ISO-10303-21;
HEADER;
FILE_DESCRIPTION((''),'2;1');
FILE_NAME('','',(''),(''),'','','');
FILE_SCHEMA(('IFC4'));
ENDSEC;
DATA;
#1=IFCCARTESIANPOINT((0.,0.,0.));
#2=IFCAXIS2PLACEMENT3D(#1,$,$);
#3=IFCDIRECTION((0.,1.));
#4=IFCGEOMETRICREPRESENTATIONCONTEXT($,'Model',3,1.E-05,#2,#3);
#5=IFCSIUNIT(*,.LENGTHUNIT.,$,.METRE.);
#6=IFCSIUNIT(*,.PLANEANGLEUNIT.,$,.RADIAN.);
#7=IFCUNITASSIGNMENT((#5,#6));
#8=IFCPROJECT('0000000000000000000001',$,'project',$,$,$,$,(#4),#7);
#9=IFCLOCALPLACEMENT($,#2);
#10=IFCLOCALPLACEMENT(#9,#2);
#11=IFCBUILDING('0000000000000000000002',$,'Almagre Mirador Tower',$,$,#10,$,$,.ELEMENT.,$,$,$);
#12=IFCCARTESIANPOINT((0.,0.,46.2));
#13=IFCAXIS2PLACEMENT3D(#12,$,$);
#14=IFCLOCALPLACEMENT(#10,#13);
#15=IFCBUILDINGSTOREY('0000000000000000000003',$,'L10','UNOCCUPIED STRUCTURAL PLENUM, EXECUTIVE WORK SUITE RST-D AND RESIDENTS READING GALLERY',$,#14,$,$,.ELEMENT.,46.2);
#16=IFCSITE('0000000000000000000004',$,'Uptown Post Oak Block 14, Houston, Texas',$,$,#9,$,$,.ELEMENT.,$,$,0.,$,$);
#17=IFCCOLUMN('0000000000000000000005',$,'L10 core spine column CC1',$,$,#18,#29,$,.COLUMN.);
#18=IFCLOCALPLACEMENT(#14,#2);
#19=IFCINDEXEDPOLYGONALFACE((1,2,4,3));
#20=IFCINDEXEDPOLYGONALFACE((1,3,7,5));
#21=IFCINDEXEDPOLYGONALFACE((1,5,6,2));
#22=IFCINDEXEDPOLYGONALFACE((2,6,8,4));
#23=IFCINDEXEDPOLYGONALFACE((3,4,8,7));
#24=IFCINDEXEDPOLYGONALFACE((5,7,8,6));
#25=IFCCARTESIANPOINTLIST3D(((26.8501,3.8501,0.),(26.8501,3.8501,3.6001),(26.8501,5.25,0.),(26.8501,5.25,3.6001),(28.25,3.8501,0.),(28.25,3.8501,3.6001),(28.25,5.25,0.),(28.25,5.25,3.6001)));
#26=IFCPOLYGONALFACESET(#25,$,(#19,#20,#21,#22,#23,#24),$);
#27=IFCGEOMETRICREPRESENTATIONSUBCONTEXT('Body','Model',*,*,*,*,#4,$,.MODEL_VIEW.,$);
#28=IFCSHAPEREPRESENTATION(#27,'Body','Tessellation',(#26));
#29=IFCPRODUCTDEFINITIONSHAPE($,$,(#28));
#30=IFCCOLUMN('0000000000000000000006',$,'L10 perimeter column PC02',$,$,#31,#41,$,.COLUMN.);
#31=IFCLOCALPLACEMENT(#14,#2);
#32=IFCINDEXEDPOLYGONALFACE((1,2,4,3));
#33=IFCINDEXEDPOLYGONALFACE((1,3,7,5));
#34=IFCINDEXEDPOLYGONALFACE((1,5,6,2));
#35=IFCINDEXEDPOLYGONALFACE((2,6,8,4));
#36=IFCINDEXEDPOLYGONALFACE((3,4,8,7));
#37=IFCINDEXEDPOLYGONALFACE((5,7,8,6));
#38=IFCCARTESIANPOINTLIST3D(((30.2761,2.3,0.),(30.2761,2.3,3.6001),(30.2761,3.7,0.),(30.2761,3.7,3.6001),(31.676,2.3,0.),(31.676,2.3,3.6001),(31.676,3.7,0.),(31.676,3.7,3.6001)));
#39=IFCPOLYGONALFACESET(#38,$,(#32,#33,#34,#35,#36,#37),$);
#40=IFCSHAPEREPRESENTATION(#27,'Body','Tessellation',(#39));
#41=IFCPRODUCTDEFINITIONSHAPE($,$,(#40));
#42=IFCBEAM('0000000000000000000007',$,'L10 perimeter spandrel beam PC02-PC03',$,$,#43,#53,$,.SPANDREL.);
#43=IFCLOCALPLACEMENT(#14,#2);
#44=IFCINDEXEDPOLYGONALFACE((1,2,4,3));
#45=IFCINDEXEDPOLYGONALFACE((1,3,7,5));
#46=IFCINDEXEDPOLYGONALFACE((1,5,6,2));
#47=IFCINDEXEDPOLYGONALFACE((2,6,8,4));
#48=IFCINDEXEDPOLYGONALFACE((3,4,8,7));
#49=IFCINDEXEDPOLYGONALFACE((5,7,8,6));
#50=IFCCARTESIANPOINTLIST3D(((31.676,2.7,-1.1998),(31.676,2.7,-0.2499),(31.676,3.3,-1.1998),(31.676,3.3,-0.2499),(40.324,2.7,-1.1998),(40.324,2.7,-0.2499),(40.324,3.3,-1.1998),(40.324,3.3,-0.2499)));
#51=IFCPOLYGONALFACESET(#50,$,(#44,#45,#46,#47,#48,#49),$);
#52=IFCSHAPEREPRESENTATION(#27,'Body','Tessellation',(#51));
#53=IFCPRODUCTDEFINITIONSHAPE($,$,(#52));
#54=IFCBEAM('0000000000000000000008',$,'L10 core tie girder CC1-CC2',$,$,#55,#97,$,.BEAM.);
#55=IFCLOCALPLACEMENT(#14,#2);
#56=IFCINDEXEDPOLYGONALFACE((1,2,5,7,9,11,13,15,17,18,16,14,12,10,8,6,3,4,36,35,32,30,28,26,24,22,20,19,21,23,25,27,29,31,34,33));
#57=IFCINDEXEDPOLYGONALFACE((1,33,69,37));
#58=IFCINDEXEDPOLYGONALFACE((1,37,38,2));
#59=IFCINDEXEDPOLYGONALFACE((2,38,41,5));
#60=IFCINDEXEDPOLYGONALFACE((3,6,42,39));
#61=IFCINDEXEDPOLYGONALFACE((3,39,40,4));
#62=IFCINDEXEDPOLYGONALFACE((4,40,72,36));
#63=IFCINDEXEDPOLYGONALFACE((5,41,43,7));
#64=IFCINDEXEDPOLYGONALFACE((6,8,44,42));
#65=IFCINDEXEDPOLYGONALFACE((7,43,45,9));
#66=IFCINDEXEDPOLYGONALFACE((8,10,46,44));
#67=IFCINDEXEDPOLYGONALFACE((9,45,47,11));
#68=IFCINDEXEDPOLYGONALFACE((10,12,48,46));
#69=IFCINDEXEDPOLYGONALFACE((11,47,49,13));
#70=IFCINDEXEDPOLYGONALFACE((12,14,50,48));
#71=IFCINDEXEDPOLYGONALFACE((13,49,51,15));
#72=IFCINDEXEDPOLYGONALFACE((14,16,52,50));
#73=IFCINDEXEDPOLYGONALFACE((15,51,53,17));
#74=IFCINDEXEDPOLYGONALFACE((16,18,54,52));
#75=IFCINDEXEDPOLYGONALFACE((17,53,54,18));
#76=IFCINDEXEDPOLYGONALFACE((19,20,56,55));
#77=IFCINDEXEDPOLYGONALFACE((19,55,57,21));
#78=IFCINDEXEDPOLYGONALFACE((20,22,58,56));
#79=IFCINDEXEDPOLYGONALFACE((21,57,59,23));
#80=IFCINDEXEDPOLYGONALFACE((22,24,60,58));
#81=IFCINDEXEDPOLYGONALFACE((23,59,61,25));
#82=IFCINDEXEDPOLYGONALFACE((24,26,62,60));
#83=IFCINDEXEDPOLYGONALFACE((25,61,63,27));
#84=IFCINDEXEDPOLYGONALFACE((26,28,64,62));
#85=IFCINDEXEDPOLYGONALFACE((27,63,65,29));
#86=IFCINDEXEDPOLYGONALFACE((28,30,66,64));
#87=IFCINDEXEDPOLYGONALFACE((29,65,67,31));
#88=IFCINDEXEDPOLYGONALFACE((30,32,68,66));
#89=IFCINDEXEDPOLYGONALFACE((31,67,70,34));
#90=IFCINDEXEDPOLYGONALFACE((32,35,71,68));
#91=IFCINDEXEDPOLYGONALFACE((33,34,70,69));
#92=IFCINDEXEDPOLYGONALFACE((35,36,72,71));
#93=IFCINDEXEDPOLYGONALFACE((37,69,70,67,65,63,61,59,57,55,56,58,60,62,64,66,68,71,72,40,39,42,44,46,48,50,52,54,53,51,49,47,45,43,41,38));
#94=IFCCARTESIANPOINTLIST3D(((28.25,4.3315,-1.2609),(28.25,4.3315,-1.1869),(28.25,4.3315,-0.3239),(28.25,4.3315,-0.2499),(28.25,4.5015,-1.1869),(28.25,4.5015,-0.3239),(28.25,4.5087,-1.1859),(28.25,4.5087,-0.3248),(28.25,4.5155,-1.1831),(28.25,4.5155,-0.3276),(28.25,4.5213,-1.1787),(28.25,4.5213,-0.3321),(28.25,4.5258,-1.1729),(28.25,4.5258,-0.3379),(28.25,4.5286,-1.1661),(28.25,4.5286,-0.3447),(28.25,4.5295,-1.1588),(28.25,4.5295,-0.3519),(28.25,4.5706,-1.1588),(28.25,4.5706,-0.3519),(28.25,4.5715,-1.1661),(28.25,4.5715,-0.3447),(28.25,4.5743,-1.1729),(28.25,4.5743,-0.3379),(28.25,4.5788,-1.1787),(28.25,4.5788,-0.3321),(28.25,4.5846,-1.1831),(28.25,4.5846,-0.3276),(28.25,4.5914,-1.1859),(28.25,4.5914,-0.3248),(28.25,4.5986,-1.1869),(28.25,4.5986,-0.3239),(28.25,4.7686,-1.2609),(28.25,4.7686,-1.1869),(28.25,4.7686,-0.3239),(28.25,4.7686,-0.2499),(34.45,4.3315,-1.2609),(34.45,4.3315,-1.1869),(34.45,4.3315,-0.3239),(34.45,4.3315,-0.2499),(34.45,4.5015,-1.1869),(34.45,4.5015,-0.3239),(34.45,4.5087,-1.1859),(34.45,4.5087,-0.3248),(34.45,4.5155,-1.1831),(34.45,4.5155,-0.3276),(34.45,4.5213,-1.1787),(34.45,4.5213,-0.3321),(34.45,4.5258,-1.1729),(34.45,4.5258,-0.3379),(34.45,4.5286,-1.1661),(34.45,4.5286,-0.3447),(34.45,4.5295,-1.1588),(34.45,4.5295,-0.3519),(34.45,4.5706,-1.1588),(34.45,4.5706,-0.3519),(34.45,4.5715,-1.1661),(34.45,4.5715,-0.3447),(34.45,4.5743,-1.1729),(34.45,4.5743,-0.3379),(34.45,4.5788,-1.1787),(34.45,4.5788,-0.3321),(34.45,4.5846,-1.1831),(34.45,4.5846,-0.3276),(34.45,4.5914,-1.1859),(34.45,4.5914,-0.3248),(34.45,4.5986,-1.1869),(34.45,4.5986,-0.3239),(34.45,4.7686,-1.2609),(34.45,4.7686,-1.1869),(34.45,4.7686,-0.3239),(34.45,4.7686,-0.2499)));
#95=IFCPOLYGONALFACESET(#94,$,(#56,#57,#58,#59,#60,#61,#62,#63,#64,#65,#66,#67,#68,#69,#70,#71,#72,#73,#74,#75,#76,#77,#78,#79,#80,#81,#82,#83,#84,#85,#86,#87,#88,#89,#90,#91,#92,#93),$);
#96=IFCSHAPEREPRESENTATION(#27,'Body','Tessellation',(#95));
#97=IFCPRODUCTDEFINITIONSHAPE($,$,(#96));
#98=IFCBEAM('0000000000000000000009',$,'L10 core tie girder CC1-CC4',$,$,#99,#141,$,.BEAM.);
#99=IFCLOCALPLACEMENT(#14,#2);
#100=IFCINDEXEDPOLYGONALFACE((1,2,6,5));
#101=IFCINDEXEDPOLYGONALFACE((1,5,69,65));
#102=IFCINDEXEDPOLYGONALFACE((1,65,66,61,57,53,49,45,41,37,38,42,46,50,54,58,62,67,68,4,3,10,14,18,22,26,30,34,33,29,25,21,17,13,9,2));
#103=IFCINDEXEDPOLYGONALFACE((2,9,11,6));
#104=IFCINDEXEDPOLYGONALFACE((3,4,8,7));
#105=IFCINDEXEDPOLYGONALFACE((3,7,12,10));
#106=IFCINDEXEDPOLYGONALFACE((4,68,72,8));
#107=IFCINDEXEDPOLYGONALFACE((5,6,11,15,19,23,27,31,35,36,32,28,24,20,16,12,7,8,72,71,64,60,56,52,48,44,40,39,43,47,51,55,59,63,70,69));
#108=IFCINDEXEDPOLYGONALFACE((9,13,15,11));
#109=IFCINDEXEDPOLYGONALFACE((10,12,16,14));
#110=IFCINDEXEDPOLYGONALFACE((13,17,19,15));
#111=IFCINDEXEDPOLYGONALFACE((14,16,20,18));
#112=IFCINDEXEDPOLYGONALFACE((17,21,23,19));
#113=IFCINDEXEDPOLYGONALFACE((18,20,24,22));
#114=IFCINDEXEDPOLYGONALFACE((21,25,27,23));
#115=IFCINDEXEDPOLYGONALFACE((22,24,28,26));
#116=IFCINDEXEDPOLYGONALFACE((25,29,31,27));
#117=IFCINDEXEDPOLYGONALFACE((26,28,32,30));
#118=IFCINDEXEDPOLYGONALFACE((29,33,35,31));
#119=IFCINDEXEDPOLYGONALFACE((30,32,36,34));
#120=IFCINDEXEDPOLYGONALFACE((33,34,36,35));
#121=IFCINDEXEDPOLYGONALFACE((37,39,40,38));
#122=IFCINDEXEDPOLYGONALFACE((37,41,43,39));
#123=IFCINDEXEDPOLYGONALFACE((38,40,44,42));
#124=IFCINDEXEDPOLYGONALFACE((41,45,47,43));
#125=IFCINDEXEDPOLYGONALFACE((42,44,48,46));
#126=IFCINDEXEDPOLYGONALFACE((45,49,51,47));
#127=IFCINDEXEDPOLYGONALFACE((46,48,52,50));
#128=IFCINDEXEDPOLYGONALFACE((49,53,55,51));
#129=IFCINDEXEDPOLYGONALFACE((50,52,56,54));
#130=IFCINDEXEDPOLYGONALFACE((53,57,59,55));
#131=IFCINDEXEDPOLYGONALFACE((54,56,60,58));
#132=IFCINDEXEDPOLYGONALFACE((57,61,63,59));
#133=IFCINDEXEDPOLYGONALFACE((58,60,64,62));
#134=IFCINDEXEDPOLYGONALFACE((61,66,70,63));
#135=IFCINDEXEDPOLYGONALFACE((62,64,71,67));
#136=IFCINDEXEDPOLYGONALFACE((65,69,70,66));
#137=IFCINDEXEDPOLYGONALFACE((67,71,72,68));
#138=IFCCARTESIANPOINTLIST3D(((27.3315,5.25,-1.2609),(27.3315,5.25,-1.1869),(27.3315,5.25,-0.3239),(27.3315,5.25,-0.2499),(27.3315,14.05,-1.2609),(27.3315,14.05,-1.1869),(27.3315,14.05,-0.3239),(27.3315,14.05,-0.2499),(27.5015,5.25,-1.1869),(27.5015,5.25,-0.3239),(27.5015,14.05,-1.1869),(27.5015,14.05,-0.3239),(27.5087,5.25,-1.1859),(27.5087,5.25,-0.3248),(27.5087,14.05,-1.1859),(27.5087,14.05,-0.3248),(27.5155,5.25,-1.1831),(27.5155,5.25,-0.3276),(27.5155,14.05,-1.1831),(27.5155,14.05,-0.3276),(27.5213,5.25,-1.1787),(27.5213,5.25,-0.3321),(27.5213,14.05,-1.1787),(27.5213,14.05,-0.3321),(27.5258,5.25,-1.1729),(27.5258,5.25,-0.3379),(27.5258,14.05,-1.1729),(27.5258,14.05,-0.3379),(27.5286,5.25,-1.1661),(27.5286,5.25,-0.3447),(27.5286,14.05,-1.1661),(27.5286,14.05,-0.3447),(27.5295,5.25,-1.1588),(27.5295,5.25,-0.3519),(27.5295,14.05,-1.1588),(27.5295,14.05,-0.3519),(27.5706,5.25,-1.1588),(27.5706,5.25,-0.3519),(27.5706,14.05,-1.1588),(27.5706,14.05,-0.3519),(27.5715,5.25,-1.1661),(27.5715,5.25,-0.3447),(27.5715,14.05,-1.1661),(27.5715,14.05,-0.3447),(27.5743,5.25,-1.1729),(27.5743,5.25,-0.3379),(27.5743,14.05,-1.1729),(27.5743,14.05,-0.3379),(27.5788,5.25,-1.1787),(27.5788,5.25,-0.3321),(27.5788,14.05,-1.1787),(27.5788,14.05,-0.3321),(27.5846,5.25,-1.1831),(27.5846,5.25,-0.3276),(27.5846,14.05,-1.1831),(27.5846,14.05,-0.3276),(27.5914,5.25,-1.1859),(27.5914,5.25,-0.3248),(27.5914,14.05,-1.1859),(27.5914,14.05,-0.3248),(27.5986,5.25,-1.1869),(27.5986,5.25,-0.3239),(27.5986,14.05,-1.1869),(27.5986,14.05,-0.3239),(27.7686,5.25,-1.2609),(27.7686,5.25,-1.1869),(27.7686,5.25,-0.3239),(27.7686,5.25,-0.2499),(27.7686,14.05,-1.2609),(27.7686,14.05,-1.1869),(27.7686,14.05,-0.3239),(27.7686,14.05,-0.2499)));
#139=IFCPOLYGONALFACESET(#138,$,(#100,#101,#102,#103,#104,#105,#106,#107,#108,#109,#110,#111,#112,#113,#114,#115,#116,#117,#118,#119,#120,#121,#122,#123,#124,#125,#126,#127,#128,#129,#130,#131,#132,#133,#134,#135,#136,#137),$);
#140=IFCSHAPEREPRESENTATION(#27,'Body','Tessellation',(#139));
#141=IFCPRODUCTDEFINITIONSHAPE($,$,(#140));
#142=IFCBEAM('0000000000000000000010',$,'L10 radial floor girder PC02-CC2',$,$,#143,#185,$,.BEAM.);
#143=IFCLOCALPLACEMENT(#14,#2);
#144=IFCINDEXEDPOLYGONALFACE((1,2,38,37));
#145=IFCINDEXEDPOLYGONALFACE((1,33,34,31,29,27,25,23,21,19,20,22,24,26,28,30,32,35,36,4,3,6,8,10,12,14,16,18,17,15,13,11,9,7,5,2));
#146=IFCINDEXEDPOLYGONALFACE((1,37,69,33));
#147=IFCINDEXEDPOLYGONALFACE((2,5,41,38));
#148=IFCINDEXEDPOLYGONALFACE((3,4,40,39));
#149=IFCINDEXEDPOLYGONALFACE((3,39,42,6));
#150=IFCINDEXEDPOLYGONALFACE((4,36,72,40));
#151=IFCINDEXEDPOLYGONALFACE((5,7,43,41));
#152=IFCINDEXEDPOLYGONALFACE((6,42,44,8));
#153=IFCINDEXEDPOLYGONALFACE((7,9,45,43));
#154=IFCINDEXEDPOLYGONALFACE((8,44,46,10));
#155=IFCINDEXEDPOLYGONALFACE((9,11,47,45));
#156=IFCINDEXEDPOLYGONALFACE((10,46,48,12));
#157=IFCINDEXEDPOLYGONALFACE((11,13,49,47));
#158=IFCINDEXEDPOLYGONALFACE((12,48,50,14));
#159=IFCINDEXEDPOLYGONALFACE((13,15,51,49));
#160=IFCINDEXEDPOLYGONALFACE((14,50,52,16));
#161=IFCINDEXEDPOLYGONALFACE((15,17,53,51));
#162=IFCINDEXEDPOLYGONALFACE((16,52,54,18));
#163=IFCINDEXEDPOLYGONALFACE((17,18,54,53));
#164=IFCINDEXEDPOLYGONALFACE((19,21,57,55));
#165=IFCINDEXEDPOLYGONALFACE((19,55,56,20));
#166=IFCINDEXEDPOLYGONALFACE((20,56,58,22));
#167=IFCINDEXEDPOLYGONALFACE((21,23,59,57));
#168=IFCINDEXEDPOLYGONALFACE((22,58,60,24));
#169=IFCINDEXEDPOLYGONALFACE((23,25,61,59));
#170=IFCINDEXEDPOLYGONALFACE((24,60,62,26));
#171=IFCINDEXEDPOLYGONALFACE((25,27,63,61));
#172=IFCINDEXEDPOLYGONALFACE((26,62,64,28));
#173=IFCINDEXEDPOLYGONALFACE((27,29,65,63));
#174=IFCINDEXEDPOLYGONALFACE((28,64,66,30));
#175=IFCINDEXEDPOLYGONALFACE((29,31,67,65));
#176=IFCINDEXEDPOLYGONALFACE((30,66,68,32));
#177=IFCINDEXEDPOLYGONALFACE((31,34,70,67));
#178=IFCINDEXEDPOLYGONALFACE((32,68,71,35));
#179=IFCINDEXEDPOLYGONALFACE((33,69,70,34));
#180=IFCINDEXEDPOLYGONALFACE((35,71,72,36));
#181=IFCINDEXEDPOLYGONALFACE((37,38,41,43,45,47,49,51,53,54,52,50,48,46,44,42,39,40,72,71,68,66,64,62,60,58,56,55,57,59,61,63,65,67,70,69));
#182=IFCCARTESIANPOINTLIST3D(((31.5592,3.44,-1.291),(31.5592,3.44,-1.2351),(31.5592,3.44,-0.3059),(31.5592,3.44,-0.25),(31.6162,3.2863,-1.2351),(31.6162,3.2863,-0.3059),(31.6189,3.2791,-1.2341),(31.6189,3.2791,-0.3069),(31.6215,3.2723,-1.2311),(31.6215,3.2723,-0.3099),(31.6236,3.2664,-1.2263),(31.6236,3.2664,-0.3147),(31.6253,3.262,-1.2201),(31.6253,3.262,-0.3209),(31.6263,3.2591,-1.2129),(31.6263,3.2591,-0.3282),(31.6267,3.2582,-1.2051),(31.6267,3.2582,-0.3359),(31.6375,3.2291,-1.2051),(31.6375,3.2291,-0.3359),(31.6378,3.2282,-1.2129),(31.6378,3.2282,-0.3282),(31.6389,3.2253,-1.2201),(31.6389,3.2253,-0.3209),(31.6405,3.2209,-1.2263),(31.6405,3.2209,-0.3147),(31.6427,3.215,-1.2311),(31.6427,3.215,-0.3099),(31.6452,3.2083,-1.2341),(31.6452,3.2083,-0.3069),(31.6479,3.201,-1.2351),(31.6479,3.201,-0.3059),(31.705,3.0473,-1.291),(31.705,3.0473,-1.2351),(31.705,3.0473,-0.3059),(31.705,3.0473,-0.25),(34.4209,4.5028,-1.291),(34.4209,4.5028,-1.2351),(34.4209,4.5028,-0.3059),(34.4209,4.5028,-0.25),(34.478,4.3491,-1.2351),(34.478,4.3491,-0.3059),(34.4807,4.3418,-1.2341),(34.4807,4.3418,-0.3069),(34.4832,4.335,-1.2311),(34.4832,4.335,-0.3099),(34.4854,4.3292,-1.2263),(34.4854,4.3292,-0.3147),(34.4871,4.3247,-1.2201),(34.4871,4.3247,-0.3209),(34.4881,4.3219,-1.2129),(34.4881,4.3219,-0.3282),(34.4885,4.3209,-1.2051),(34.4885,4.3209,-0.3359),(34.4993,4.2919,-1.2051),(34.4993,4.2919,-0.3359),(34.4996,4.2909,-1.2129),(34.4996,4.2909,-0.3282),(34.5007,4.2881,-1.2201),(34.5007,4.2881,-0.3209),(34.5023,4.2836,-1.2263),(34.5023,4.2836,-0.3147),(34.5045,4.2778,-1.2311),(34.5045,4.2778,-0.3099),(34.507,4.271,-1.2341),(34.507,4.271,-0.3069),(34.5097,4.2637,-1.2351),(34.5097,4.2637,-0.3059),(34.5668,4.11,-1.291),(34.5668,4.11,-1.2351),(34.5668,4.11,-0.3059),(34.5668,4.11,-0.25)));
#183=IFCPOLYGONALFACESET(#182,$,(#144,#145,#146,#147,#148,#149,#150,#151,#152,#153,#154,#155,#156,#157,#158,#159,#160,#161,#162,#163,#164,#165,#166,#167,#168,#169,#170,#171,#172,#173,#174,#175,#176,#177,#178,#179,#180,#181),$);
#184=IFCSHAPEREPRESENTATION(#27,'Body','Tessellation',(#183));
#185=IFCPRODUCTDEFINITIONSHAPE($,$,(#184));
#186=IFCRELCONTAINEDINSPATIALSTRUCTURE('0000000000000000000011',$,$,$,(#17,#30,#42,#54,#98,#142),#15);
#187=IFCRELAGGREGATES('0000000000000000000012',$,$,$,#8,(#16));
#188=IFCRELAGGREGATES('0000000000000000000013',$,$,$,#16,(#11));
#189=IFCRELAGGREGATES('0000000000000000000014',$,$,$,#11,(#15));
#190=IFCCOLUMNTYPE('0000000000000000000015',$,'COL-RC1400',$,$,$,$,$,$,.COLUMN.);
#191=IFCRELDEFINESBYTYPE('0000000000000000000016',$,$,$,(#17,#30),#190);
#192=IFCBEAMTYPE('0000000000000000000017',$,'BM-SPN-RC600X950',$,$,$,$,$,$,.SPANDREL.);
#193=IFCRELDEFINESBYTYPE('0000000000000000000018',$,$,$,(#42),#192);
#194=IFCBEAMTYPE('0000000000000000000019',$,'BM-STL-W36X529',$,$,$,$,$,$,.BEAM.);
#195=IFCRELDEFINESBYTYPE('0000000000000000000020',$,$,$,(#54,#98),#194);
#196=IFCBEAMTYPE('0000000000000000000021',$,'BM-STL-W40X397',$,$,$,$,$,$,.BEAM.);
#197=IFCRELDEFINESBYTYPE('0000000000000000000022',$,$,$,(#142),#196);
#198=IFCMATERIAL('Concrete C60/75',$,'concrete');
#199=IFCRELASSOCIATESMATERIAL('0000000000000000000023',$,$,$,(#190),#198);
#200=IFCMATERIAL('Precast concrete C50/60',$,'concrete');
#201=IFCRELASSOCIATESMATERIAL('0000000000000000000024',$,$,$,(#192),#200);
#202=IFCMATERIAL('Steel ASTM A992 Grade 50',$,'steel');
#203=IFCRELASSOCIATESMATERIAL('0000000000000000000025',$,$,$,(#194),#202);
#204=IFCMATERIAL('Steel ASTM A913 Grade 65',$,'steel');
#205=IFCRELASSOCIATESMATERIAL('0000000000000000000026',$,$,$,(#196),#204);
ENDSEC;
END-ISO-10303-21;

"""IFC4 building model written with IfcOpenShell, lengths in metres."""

from ifc_helpers import new_model, si_unit, direction, frame, origin, origin_2d, place, context, subcontext, project, spatial, rectangle, i_section, extrude, material, material_profile, profile_set, type_object, element, save


model = new_model("IFC4")

# Units and contexts
model_context = context("Model", 3, precision=1e-05, world=origin(), true_north=direction((0.0, 1.0)))
body_context = subcontext(model_context, "Body", "Model", "MODEL_VIEW")
ifc_project = project(units=[si_unit("LENGTHUNIT", "METRE"), si_unit("PLANEANGLEUNIT", "RADIAN")], contexts=[model_context])

# Site, building, storey
site_placement = place(None, origin())
site = spatial("IfcSite", under=ifc_project, at=site_placement, Name="Uptown Post Oak Block 14, Houston, Texas", CompositionType="ELEMENT", RefElevation=0.0)
building_placement = place(site_placement, origin())
building = spatial("IfcBuilding", under=site, at=building_placement, Name="Almagre Mirador Tower", CompositionType="ELEMENT")
storey_placement = place(building_placement, frame((0.0, 0.0, 46.2)))
storey = spatial("IfcBuildingStorey", under=building, at=storey_placement, Name="L10", Description="UNOCCUPIED STRUCTURAL PLENUM, EXECUTIVE WORK SUITE RST-D AND RESIDENTS READING GALLERY", CompositionType="ELEMENT", Elevation=46.2)

# Columns
ifc_material_1 = material(Name="Concrete C60/75", Category="concrete")
ifc_material_profile_1 = material_profile(ifc_material_1, rectangle(XDim=1.3999, YDim=1.3999, at=origin_2d()), Name="RC1400X1400")
ifc_profile_set_1 = profile_set([ifc_material_profile_1], Name="Concrete C60/75")
column_type = type_object("IfcColumnType", Name="COL-RC1400", PredefinedType="COLUMN", material=ifc_profile_set_1)
for number, where, z_axis, x_axis, name in (
    (1, (27.55, 4.55, 0.0), (0.0, 0.0, 1.0), (1.0, 0.0, 0.0), "L10 core spine column CC1"),
    (2, (30.9761, 3.0, 0.0), (0.0, 0.0, 1.0), (1.0, 0.0, 0.0), "L10 perimeter column PC02"),
):
    element("IfcColumn", number, at=place(storey_placement, frame(where, z_axis=z_axis, x_axis=x_axis)), inside=storey, type_object=column_type, Name=name, PredefinedType="COLUMN", context=body_context, shape_type="SweptSolid", body=[
        extrude(rectangle(XDim=1.3999, YDim=1.3999, at=origin_2d()), origin(), (0.0, 0.0, 1.0), 3.6001),
    ])

# Beams
ifc_material_2 = material(Name="Precast concrete C50/60", Category="concrete")
ifc_material_profile_2 = material_profile(ifc_material_2, rectangle(XDim=0.6001, YDim=0.95, at=origin_2d()), Name="RC600X950")
ifc_profile_set_2 = profile_set([ifc_material_profile_2], Name="Precast concrete C50/60")
beam_type_1 = type_object("IfcBeamType", Name="BM-SPN-RC600X950", PredefinedType="SPANDREL", material=ifc_profile_set_2)
beam_1_placement = place(storey_placement, frame((31.676, 3.0, -0.7249), z_axis=(1.0, 0.0, 0.0), x_axis=(0.0, 1.0, 0.0)))
element("IfcBeam", 3, at=beam_1_placement, inside=storey, type_object=beam_type_1, Name="L10 perimeter spandrel beam PC02-PC03", PredefinedType="SPANDREL", context=body_context, shape_type="SweptSolid", body=[
    extrude(rectangle(XDim=0.6001, YDim=0.95, at=origin_2d()), origin(), (0.0, 0.0, 1.0), 8.6479),
])
ifc_material_3 = material(Name="Steel ASTM A992 Grade 50", Category="steel")
ifc_material_profile_3 = material_profile(ifc_material_3, i_section(OverallWidth=0.437, OverallDepth=1.011, WebThickness=0.041, FlangeThickness=0.074, FilletRadius=0.0281, at=origin_2d()), Name="W36X529")
ifc_profile_set_3 = profile_set([ifc_material_profile_3], Name="Steel ASTM A992 Grade 50")
beam_type_2 = type_object("IfcBeamType", Name="BM-STL-W36X529", PredefinedType="BEAM", material=ifc_profile_set_3)
beam_2_placement = place(storey_placement, frame((28.25, 4.55, -0.7554), z_axis=(1.0, 0.0, 0.0), x_axis=(0.0, 1.0, 0.0)))
element("IfcBeam", 4, at=beam_2_placement, inside=storey, type_object=beam_type_2, Name="L10 core tie girder CC1-CC2", PredefinedType="BEAM", context=body_context, shape_type="SweptSolid", body=[
    extrude(i_section(OverallWidth=0.437, OverallDepth=1.011, WebThickness=0.041, FlangeThickness=0.074, FilletRadius=0.0281, at=origin_2d()), origin(), (0.0, 0.0, 1.0), 6.2),
])
beam_3_placement = place(storey_placement, frame((27.55, 5.25, -0.7554), z_axis=(0.0, 1.0, 0.0), x_axis=(-1.0, 0.0, 0.0)))
element("IfcBeam", 5, at=beam_3_placement, inside=storey, type_object=beam_type_2, Name="L10 core tie girder CC1-CC4", PredefinedType="BEAM", context=body_context, shape_type="SweptSolid", body=[
    extrude(i_section(OverallWidth=0.437, OverallDepth=1.011, WebThickness=0.041, FlangeThickness=0.074, FilletRadius=0.0281, at=origin_2d()), origin(), (0.0, 0.0, 1.0), 8.8),
])
ifc_material_4 = material(Name="Steel ASTM A913 Grade 65", Category="steel")
ifc_material_profile_4 = material_profile(ifc_material_4, i_section(OverallWidth=0.4189, OverallDepth=1.041, WebThickness=0.031, FlangeThickness=0.0559, FilletRadius=0.03, at=origin_2d()), Name="W40X397")
ifc_profile_set_4 = profile_set([ifc_material_profile_4], Name="Steel ASTM A913 Grade 65")
beam_type_3 = type_object("IfcBeamType", Name="BM-STL-W40X397", PredefinedType="BEAM", material=ifc_profile_set_4)
beam_4_placement = place(storey_placement, frame((31.6321, 3.2437, -0.7705), z_axis=(0.937448, 0.348124, 0.0), x_axis=(-0.348124, 0.937448, 0.0)))
element("IfcBeam", 6, at=beam_4_placement, inside=storey, type_object=beam_type_3, Name="L10 radial floor girder PC02-CC2", PredefinedType="BEAM", context=body_context, shape_type="SweptSolid", body=[
    extrude(i_section(OverallWidth=0.4189, OverallDepth=1.041, WebThickness=0.031, FlangeThickness=0.0559, FilletRadius=0.03, at=origin_2d()), origin(), (0.0, 0.0, 1.0), 3.0527),
])

save(model, "model.ifc")
